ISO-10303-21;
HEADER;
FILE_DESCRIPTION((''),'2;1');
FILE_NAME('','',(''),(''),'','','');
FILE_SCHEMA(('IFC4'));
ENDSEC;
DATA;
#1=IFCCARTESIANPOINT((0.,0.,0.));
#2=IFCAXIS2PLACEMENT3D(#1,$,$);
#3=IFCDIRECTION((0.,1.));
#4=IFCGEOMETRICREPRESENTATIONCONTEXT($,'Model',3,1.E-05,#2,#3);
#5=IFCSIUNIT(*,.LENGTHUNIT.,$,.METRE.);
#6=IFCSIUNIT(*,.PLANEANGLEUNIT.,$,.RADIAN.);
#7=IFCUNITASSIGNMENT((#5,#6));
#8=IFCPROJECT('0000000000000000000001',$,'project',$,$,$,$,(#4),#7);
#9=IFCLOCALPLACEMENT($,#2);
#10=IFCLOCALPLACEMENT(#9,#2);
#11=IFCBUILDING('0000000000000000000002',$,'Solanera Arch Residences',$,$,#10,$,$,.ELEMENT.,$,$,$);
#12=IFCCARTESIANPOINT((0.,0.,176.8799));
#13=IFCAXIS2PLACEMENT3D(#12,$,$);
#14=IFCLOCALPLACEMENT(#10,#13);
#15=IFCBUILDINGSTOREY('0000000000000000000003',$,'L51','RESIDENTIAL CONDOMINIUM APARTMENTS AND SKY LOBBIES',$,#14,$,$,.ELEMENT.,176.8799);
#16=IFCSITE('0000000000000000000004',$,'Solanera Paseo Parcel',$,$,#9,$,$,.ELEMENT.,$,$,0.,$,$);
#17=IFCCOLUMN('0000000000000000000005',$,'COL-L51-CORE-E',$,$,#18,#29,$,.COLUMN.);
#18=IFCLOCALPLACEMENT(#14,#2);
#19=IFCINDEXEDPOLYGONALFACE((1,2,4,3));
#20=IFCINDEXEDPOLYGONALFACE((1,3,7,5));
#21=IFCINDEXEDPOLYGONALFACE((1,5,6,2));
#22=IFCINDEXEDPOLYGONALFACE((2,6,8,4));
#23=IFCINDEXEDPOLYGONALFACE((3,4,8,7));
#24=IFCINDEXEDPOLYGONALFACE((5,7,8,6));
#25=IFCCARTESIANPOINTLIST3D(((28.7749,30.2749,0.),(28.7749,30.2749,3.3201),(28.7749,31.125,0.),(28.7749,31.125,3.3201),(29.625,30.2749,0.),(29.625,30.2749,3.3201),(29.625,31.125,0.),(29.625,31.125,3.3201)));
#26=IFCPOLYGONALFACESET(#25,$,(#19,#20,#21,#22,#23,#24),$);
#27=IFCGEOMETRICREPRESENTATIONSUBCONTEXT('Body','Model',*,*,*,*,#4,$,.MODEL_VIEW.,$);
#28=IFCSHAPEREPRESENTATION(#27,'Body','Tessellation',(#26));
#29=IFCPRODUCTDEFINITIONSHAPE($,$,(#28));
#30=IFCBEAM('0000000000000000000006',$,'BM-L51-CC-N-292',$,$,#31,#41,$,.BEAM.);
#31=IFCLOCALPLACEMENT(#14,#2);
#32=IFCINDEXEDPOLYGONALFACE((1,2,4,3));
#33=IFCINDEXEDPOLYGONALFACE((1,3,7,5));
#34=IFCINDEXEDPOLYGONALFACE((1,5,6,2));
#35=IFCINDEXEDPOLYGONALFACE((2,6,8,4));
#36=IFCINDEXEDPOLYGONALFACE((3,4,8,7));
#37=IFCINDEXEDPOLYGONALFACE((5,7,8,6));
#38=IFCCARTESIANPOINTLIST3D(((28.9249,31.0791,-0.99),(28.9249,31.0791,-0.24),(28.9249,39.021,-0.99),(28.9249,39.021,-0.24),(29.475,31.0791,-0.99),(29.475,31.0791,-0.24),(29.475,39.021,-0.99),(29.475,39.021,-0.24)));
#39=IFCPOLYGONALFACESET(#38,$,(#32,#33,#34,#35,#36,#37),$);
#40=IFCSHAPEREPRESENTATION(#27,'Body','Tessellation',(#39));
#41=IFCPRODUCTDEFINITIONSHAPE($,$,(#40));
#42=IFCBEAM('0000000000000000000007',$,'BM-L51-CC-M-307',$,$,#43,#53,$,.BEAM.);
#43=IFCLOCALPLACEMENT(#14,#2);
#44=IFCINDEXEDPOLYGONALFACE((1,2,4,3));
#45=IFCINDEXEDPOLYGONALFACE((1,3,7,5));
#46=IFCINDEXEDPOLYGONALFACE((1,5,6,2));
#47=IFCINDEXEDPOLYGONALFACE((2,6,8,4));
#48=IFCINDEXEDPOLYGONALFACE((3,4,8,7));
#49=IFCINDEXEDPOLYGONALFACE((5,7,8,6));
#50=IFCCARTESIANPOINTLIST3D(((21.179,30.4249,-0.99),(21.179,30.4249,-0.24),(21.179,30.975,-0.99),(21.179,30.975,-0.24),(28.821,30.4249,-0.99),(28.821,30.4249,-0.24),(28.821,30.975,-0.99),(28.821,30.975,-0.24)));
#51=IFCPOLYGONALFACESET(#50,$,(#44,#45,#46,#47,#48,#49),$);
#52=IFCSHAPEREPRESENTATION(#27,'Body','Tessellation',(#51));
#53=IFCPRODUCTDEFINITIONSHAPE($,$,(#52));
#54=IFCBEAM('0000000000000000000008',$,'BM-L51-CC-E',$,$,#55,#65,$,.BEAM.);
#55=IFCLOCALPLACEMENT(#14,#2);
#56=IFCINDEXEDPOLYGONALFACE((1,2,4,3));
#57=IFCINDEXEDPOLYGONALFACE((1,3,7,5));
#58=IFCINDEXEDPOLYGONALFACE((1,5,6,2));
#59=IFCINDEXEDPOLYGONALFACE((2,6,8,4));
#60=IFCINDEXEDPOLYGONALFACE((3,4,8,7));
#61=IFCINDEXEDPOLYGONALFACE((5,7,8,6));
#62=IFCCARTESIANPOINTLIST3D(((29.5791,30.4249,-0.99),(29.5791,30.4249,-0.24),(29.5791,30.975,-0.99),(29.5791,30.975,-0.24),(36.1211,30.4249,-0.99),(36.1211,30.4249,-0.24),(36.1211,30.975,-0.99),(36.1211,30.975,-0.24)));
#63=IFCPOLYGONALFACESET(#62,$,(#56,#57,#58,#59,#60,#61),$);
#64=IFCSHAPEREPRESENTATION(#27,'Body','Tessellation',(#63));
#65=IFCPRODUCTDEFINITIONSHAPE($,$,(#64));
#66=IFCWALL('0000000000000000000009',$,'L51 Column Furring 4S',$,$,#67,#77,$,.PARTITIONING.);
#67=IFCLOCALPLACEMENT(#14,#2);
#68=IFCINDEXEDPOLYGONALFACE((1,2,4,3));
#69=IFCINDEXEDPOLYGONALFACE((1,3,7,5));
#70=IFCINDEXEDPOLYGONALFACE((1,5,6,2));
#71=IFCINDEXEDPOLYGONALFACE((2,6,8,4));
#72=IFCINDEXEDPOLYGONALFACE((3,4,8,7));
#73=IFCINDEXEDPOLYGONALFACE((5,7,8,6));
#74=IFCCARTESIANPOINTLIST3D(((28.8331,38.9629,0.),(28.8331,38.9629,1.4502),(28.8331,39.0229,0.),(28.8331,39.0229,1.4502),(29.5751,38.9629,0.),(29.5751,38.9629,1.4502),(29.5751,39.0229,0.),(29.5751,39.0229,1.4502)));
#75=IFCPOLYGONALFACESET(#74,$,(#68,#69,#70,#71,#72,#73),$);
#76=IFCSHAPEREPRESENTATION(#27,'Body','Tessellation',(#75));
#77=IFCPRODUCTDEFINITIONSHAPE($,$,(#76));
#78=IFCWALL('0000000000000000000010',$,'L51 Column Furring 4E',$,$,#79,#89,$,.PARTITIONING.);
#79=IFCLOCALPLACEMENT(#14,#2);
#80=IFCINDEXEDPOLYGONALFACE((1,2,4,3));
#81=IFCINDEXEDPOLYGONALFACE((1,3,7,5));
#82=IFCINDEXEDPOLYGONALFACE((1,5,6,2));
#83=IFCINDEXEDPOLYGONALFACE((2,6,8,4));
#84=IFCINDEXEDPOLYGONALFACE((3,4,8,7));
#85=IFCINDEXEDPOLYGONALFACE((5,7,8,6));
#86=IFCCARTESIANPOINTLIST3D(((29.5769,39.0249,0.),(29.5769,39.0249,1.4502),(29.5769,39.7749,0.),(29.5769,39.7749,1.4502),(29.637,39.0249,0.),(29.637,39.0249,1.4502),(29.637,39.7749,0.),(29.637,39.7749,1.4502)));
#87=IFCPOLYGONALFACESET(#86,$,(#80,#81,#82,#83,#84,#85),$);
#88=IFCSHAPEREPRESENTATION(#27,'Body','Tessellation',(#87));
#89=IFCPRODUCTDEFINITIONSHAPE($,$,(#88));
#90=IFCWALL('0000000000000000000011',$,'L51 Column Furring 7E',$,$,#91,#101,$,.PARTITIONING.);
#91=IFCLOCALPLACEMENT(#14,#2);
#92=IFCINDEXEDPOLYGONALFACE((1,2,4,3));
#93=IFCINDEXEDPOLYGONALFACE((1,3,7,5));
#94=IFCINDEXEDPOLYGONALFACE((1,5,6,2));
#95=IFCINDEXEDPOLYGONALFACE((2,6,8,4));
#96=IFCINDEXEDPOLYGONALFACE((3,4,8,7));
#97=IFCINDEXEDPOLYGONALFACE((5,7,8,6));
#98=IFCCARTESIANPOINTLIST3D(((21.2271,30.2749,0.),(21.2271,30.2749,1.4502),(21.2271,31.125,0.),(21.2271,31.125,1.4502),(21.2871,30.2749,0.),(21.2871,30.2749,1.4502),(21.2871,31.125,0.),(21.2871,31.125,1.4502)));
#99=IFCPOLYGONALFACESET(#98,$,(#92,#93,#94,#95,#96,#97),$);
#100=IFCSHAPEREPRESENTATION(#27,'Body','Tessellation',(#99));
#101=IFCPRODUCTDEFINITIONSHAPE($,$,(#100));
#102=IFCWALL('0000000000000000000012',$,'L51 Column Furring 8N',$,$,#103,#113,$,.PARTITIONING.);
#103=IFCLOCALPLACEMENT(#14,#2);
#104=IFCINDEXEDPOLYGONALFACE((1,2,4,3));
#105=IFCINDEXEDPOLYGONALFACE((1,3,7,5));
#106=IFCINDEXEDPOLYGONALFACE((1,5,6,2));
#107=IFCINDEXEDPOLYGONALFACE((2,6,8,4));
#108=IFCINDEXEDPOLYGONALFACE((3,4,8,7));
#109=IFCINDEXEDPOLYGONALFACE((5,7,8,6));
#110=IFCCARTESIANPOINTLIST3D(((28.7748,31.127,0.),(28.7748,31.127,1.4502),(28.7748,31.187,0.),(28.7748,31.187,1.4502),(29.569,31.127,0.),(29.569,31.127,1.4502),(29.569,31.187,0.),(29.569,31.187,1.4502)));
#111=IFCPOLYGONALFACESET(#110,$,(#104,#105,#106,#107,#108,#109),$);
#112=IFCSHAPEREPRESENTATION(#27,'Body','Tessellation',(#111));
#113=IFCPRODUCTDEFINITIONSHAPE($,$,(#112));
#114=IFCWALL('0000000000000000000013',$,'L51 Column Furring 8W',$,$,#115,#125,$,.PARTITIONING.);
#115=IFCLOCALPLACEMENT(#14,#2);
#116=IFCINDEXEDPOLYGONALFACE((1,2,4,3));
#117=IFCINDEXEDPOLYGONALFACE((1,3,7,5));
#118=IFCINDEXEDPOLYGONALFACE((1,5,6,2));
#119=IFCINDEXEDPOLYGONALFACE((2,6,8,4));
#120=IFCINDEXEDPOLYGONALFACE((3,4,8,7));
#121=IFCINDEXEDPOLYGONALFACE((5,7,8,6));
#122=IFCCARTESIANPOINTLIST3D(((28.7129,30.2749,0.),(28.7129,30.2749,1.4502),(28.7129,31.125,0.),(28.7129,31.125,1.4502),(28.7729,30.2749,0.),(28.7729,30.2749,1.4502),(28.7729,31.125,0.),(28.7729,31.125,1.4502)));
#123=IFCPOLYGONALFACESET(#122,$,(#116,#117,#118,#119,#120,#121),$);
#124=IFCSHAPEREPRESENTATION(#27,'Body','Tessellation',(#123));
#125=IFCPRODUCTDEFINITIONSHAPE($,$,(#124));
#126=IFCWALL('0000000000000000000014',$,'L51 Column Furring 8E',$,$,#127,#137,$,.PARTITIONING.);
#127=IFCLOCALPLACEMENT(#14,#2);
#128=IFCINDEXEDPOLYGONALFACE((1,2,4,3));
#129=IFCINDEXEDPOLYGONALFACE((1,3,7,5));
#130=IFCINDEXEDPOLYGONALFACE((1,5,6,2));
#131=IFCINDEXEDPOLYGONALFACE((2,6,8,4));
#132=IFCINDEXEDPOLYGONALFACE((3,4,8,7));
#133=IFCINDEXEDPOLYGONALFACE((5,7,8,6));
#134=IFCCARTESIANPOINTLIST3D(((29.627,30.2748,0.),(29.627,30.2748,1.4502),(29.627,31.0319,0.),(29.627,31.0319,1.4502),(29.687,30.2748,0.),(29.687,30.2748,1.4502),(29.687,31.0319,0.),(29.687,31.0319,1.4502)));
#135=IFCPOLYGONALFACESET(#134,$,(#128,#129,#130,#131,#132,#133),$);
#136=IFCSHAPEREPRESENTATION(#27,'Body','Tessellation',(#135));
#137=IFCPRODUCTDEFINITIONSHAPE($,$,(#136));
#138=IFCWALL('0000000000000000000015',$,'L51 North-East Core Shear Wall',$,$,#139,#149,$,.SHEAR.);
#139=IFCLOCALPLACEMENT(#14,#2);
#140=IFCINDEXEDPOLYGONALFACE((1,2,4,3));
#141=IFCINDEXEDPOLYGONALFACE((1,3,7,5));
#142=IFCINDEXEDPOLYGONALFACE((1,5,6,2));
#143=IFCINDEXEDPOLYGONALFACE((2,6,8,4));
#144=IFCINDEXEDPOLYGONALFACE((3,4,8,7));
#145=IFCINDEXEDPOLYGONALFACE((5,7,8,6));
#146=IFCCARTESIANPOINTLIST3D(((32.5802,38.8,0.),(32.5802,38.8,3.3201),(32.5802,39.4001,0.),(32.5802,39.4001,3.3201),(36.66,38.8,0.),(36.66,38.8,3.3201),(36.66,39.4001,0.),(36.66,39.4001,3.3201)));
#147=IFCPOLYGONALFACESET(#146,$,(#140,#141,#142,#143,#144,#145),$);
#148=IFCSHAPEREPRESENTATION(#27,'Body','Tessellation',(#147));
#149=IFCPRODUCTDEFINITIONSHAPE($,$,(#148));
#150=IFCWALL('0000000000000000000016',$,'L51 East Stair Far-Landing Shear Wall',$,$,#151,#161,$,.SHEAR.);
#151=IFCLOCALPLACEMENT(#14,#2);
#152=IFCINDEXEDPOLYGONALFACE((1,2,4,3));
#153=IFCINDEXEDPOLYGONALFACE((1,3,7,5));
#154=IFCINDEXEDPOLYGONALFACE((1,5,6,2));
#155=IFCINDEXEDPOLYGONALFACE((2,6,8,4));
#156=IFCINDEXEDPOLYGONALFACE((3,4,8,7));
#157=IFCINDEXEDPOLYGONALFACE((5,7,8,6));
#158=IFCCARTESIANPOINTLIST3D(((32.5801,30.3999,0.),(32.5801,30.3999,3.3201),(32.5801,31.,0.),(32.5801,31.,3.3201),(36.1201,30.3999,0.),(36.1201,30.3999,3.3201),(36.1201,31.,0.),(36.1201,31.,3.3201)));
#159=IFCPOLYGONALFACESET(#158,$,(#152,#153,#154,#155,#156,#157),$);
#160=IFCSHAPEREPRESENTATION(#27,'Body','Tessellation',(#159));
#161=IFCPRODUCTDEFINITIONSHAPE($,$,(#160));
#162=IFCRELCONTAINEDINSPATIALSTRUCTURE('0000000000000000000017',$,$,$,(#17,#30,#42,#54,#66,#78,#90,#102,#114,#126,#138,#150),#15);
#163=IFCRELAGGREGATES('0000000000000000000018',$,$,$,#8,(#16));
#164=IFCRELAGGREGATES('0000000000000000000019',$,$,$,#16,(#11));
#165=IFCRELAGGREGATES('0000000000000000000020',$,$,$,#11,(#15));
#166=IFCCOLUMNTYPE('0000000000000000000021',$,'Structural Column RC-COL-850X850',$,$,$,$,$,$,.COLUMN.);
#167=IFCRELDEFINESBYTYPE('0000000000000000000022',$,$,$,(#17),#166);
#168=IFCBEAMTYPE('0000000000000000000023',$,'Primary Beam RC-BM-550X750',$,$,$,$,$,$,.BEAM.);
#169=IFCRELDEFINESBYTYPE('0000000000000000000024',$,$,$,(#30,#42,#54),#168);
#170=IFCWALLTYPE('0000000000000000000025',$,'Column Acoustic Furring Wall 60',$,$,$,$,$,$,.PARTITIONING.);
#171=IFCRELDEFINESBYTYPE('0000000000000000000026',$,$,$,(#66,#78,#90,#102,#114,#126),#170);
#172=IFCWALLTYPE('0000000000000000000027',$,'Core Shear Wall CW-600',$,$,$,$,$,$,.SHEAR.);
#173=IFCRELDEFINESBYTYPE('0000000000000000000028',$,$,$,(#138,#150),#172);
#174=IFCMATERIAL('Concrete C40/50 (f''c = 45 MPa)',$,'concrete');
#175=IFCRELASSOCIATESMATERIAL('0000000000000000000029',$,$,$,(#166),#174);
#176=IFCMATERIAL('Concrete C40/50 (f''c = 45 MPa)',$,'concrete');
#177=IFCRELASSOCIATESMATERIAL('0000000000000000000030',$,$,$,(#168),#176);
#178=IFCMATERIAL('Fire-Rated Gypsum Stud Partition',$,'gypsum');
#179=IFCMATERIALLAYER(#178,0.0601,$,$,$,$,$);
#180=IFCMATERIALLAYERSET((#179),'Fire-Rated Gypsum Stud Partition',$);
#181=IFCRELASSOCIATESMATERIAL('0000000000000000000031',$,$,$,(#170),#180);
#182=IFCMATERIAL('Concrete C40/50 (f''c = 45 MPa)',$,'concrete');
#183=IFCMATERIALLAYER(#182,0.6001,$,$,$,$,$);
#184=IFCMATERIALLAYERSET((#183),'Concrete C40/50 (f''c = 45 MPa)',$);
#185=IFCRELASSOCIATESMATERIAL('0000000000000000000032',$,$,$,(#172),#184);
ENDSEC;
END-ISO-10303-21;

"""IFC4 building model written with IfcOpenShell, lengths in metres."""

from ifc_helpers import new_model, si_unit, direction, frame, frame_2d, origin, origin_2d, place, context, subcontext, project, spatial, rectangle, extrude, material, layer, layer_set, material_profile, profile_set, type_object, element, save


model = new_model("IFC4")

# Units and contexts
model_context = context("Model", 3, precision=1e-05, world=origin(), true_north=direction((0.0, 1.0)))
body_context = subcontext(model_context, "Body", "Model", "MODEL_VIEW")
ifc_project = project(units=[si_unit("LENGTHUNIT", "METRE"), si_unit("PLANEANGLEUNIT", "RADIAN")], contexts=[model_context])

# Site, building, storey
site_placement = place(None, origin())
site = spatial("IfcSite", under=ifc_project, at=site_placement, Name="Solanera Paseo Parcel", CompositionType="ELEMENT", RefElevation=0.0)
building_placement = place(site_placement, origin())
building = spatial("IfcBuilding", under=site, at=building_placement, Name="Solanera Arch Residences", CompositionType="ELEMENT")
storey_placement = place(building_placement, frame((0.0, 0.0, 176.8799)))
storey = spatial("IfcBuildingStorey", under=building, at=storey_placement, Name="L51", Description="RESIDENTIAL CONDOMINIUM APARTMENTS AND SKY LOBBIES", CompositionType="ELEMENT", Elevation=176.8799)

# Column
ifc_material_1 = material(Name="Concrete C40/50 (f'c = 45 MPa)", Category="concrete")
ifc_material_profile_1 = material_profile(ifc_material_1, rectangle(XDim=0.8501, YDim=0.8501, at=origin_2d()))
ifc_profile_set_1 = profile_set([ifc_material_profile_1], Name="Concrete C40/50 (f'c = 45 MPa)")
column_type = type_object("IfcColumnType", Name="Structural Column RC-COL-850X850", PredefinedType="COLUMN", material=ifc_profile_set_1)
column_placement = place(storey_placement, frame((29.2, 30.7, 0.0), z_axis=(0.0, 0.0, 1.0), x_axis=(1.0, 0.0, 0.0)))
element("IfcColumn", 1, at=column_placement, inside=storey, type_object=column_type, Name="COL-L51-CORE-E", PredefinedType="COLUMN", context=body_context, shape_type="SweptSolid", body=[
    extrude(rectangle(XDim=0.8501, YDim=0.8501, at=origin_2d()), origin(), (0.0, 0.0, 1.0), 3.3201),
])

# Beams
ifc_material_2 = material(Name="Concrete C40/50 (f'c = 45 MPa)", Category="concrete")
ifc_material_profile_2 = material_profile(ifc_material_2, rectangle(XDim=0.55, YDim=0.75, at=origin_2d()))
ifc_profile_set_2 = profile_set([ifc_material_profile_2], Name="Concrete C40/50 (f'c = 45 MPa)")
beam_type = type_object("IfcBeamType", Name="Primary Beam RC-BM-550X750", PredefinedType="BEAM", material=ifc_profile_set_2)
beam_1_placement = place(storey_placement, frame((29.2, 31.0791, -0.615), z_axis=(0.0, 1.0, 0.0), x_axis=(-1.0, 0.0, 0.0)))
element("IfcBeam", 2, at=beam_1_placement, inside=storey, type_object=beam_type, Name="BM-L51-CC-N-292", PredefinedType="BEAM", context=body_context, shape_type="SweptSolid", body=[
    extrude(rectangle(XDim=0.55, YDim=0.75, at=origin_2d()), origin(), (0.0, 0.0, 1.0), 7.9419),
])
beam_2_placement = place(storey_placement, frame((21.179, 30.7, -0.615), z_axis=(1.0, 0.0, 0.0), x_axis=(0.0, 1.0, 0.0)))
element("IfcBeam", 3, at=beam_2_placement, inside=storey, type_object=beam_type, Name="BM-L51-CC-M-307", PredefinedType="BEAM", context=body_context, shape_type="SweptSolid", body=[
    extrude(rectangle(XDim=0.55, YDim=0.75, at=origin_2d()), origin(), (0.0, 0.0, 1.0), 7.6421),
])
beam_3_placement = place(storey_placement, frame((29.5791, 30.7, -0.615), z_axis=(1.0, 0.0, 0.0), x_axis=(0.0, 1.0, 0.0)))
element("IfcBeam", 4, at=beam_3_placement, inside=storey, type_object=beam_type, Name="BM-L51-CC-E", PredefinedType="BEAM", context=body_context, shape_type="SweptSolid", body=[
    extrude(rectangle(XDim=0.55, YDim=0.75, at=origin_2d()), origin(), (0.0, 0.0, 1.0), 6.542),
])

# Walls
ifc_material_3 = material(Name="Fire-Rated Gypsum Stud Partition", Category="gypsum")
ifc_layer_1 = layer(ifc_material_3, 0.0601)
ifc_layer_set_1 = layer_set([ifc_layer_1], Name="Fire-Rated Gypsum Stud Partition")
wall_type_1 = type_object("IfcWallType", Name="Column Acoustic Furring Wall 60", PredefinedType="PARTITIONING", material=ifc_layer_set_1)
wall_1_placement = place(storey_placement, frame((28.833, 38.9929, 0.0), z_axis=(0.0, 0.0, 1.0), x_axis=(1.0, 0.0, 0.0)))
element("IfcWall", 5, at=wall_1_placement, inside=storey, type_object=wall_type_1, Name="L51 Column Furring 4S", PredefinedType="PARTITIONING", context=body_context, shape_type="SweptSolid", body=[
    extrude(rectangle(XDim=0.7419, YDim=0.0601, at=frame_2d((0.3711, 0.0))), origin(), (0.0, 0.0, 1.0), 1.4502),
])
wall_2_placement = place(storey_placement, frame((29.6069, 39.0249, 0.0), z_axis=(0.0, 0.0, 1.0), x_axis=(0.0, 1.0, 0.0)))
element("IfcWall", 6, at=wall_2_placement, inside=storey, type_object=wall_type_1, Name="L51 Column Furring 4E", PredefinedType="PARTITIONING", context=body_context, shape_type="SweptSolid", body=[
    extrude(rectangle(XDim=0.75, YDim=0.0601, at=frame_2d((0.375, 0.0))), origin(), (0.0, 0.0, 1.0), 1.4502),
])
wall_3_placement = place(storey_placement, frame((21.2571, 30.2749, 0.0), z_axis=(0.0, 0.0, 1.0), x_axis=(0.0, 1.0, 0.0)))
element("IfcWall", 7, at=wall_3_placement, inside=storey, type_object=wall_type_1, Name="L51 Column Furring 7E", PredefinedType="PARTITIONING", context=body_context, shape_type="SweptSolid", body=[
    extrude(rectangle(XDim=0.8501, YDim=0.0601, at=frame_2d((0.425, 0.0))), origin(), (0.0, 0.0, 1.0), 1.4502),
])
wall_4_placement = place(storey_placement, frame((28.7749, 31.157, 0.0), z_axis=(0.0, 0.0, 1.0), x_axis=(1.0, 0.0, 0.0)))
element("IfcWall", 8, at=wall_4_placement, inside=storey, type_object=wall_type_1, Name="L51 Column Furring 8N", PredefinedType="PARTITIONING", context=body_context, shape_type="SweptSolid", body=[
    extrude(rectangle(XDim=0.7942, YDim=0.0601, at=frame_2d((0.397, 0.0))), origin(), (0.0, 0.0, 1.0), 1.4502),
])
wall_5_placement = place(storey_placement, frame((28.7429, 30.2749, 0.0), z_axis=(0.0, 0.0, 1.0), x_axis=(0.0, 1.0, 0.0)))
element("IfcWall", 9, at=wall_5_placement, inside=storey, type_object=wall_type_1, Name="L51 Column Furring 8W", PredefinedType="PARTITIONING", context=body_context, shape_type="SweptSolid", body=[
    extrude(rectangle(XDim=0.8501, YDim=0.0601, at=frame_2d((0.425, 0.0))), origin(), (0.0, 0.0, 1.0), 1.4502),
])
wall_6_placement = place(storey_placement, frame((29.657, 30.2749, 0.0), z_axis=(0.0, 0.0, 1.0), x_axis=(0.0, 1.0, 0.0)))
element("IfcWall", 10, at=wall_6_placement, inside=storey, type_object=wall_type_1, Name="L51 Column Furring 8E", PredefinedType="PARTITIONING", context=body_context, shape_type="SweptSolid", body=[
    extrude(rectangle(XDim=0.7571, YDim=0.0601, at=frame_2d((0.3784, 0.0))), origin(), (0.0, 0.0, 1.0), 1.4502),
])

# Walls
ifc_material_4 = material(Name="Concrete C40/50 (f'c = 45 MPa)", Category="concrete")
ifc_layer_2 = layer(ifc_material_4, 0.6001)
ifc_layer_set_2 = layer_set([ifc_layer_2], Name="Concrete C40/50 (f'c = 45 MPa)")
wall_type_2 = type_object("IfcWallType", Name="Core Shear Wall CW-600", PredefinedType="SHEAR", material=ifc_layer_set_2)
wall_7_placement = place(storey_placement, frame((32.5801, 39.1001, 0.0), z_axis=(0.0, 0.0, 1.0), x_axis=(1.0, 0.0, 0.0)))
element("IfcWall", 11, at=wall_7_placement, inside=storey, type_object=wall_type_2, Name="L51 North-East Core Shear Wall", PredefinedType="SHEAR", context=body_context, shape_type="SweptSolid", body=[
    extrude(rectangle(XDim=4.0798, YDim=0.6001, at=frame_2d((2.04, 0.0))), origin(), (0.0, 0.0, 1.0), 3.3201),
])
wall_8_placement = place(storey_placement, frame((32.5801, 30.7, 0.0), z_axis=(0.0, 0.0, 1.0), x_axis=(1.0, 0.0, 0.0)))
element("IfcWall", 12, at=wall_8_placement, inside=storey, type_object=wall_type_2, Name="L51 East Stair Far-Landing Shear Wall", PredefinedType="SHEAR", context=body_context, shape_type="SweptSolid", body=[
    extrude(rectangle(XDim=3.54, YDim=0.6001, at=frame_2d((1.77, 0.0))), origin(), (0.0, 0.0, 1.0), 3.3201),
])

save(model, "model.ifc")
